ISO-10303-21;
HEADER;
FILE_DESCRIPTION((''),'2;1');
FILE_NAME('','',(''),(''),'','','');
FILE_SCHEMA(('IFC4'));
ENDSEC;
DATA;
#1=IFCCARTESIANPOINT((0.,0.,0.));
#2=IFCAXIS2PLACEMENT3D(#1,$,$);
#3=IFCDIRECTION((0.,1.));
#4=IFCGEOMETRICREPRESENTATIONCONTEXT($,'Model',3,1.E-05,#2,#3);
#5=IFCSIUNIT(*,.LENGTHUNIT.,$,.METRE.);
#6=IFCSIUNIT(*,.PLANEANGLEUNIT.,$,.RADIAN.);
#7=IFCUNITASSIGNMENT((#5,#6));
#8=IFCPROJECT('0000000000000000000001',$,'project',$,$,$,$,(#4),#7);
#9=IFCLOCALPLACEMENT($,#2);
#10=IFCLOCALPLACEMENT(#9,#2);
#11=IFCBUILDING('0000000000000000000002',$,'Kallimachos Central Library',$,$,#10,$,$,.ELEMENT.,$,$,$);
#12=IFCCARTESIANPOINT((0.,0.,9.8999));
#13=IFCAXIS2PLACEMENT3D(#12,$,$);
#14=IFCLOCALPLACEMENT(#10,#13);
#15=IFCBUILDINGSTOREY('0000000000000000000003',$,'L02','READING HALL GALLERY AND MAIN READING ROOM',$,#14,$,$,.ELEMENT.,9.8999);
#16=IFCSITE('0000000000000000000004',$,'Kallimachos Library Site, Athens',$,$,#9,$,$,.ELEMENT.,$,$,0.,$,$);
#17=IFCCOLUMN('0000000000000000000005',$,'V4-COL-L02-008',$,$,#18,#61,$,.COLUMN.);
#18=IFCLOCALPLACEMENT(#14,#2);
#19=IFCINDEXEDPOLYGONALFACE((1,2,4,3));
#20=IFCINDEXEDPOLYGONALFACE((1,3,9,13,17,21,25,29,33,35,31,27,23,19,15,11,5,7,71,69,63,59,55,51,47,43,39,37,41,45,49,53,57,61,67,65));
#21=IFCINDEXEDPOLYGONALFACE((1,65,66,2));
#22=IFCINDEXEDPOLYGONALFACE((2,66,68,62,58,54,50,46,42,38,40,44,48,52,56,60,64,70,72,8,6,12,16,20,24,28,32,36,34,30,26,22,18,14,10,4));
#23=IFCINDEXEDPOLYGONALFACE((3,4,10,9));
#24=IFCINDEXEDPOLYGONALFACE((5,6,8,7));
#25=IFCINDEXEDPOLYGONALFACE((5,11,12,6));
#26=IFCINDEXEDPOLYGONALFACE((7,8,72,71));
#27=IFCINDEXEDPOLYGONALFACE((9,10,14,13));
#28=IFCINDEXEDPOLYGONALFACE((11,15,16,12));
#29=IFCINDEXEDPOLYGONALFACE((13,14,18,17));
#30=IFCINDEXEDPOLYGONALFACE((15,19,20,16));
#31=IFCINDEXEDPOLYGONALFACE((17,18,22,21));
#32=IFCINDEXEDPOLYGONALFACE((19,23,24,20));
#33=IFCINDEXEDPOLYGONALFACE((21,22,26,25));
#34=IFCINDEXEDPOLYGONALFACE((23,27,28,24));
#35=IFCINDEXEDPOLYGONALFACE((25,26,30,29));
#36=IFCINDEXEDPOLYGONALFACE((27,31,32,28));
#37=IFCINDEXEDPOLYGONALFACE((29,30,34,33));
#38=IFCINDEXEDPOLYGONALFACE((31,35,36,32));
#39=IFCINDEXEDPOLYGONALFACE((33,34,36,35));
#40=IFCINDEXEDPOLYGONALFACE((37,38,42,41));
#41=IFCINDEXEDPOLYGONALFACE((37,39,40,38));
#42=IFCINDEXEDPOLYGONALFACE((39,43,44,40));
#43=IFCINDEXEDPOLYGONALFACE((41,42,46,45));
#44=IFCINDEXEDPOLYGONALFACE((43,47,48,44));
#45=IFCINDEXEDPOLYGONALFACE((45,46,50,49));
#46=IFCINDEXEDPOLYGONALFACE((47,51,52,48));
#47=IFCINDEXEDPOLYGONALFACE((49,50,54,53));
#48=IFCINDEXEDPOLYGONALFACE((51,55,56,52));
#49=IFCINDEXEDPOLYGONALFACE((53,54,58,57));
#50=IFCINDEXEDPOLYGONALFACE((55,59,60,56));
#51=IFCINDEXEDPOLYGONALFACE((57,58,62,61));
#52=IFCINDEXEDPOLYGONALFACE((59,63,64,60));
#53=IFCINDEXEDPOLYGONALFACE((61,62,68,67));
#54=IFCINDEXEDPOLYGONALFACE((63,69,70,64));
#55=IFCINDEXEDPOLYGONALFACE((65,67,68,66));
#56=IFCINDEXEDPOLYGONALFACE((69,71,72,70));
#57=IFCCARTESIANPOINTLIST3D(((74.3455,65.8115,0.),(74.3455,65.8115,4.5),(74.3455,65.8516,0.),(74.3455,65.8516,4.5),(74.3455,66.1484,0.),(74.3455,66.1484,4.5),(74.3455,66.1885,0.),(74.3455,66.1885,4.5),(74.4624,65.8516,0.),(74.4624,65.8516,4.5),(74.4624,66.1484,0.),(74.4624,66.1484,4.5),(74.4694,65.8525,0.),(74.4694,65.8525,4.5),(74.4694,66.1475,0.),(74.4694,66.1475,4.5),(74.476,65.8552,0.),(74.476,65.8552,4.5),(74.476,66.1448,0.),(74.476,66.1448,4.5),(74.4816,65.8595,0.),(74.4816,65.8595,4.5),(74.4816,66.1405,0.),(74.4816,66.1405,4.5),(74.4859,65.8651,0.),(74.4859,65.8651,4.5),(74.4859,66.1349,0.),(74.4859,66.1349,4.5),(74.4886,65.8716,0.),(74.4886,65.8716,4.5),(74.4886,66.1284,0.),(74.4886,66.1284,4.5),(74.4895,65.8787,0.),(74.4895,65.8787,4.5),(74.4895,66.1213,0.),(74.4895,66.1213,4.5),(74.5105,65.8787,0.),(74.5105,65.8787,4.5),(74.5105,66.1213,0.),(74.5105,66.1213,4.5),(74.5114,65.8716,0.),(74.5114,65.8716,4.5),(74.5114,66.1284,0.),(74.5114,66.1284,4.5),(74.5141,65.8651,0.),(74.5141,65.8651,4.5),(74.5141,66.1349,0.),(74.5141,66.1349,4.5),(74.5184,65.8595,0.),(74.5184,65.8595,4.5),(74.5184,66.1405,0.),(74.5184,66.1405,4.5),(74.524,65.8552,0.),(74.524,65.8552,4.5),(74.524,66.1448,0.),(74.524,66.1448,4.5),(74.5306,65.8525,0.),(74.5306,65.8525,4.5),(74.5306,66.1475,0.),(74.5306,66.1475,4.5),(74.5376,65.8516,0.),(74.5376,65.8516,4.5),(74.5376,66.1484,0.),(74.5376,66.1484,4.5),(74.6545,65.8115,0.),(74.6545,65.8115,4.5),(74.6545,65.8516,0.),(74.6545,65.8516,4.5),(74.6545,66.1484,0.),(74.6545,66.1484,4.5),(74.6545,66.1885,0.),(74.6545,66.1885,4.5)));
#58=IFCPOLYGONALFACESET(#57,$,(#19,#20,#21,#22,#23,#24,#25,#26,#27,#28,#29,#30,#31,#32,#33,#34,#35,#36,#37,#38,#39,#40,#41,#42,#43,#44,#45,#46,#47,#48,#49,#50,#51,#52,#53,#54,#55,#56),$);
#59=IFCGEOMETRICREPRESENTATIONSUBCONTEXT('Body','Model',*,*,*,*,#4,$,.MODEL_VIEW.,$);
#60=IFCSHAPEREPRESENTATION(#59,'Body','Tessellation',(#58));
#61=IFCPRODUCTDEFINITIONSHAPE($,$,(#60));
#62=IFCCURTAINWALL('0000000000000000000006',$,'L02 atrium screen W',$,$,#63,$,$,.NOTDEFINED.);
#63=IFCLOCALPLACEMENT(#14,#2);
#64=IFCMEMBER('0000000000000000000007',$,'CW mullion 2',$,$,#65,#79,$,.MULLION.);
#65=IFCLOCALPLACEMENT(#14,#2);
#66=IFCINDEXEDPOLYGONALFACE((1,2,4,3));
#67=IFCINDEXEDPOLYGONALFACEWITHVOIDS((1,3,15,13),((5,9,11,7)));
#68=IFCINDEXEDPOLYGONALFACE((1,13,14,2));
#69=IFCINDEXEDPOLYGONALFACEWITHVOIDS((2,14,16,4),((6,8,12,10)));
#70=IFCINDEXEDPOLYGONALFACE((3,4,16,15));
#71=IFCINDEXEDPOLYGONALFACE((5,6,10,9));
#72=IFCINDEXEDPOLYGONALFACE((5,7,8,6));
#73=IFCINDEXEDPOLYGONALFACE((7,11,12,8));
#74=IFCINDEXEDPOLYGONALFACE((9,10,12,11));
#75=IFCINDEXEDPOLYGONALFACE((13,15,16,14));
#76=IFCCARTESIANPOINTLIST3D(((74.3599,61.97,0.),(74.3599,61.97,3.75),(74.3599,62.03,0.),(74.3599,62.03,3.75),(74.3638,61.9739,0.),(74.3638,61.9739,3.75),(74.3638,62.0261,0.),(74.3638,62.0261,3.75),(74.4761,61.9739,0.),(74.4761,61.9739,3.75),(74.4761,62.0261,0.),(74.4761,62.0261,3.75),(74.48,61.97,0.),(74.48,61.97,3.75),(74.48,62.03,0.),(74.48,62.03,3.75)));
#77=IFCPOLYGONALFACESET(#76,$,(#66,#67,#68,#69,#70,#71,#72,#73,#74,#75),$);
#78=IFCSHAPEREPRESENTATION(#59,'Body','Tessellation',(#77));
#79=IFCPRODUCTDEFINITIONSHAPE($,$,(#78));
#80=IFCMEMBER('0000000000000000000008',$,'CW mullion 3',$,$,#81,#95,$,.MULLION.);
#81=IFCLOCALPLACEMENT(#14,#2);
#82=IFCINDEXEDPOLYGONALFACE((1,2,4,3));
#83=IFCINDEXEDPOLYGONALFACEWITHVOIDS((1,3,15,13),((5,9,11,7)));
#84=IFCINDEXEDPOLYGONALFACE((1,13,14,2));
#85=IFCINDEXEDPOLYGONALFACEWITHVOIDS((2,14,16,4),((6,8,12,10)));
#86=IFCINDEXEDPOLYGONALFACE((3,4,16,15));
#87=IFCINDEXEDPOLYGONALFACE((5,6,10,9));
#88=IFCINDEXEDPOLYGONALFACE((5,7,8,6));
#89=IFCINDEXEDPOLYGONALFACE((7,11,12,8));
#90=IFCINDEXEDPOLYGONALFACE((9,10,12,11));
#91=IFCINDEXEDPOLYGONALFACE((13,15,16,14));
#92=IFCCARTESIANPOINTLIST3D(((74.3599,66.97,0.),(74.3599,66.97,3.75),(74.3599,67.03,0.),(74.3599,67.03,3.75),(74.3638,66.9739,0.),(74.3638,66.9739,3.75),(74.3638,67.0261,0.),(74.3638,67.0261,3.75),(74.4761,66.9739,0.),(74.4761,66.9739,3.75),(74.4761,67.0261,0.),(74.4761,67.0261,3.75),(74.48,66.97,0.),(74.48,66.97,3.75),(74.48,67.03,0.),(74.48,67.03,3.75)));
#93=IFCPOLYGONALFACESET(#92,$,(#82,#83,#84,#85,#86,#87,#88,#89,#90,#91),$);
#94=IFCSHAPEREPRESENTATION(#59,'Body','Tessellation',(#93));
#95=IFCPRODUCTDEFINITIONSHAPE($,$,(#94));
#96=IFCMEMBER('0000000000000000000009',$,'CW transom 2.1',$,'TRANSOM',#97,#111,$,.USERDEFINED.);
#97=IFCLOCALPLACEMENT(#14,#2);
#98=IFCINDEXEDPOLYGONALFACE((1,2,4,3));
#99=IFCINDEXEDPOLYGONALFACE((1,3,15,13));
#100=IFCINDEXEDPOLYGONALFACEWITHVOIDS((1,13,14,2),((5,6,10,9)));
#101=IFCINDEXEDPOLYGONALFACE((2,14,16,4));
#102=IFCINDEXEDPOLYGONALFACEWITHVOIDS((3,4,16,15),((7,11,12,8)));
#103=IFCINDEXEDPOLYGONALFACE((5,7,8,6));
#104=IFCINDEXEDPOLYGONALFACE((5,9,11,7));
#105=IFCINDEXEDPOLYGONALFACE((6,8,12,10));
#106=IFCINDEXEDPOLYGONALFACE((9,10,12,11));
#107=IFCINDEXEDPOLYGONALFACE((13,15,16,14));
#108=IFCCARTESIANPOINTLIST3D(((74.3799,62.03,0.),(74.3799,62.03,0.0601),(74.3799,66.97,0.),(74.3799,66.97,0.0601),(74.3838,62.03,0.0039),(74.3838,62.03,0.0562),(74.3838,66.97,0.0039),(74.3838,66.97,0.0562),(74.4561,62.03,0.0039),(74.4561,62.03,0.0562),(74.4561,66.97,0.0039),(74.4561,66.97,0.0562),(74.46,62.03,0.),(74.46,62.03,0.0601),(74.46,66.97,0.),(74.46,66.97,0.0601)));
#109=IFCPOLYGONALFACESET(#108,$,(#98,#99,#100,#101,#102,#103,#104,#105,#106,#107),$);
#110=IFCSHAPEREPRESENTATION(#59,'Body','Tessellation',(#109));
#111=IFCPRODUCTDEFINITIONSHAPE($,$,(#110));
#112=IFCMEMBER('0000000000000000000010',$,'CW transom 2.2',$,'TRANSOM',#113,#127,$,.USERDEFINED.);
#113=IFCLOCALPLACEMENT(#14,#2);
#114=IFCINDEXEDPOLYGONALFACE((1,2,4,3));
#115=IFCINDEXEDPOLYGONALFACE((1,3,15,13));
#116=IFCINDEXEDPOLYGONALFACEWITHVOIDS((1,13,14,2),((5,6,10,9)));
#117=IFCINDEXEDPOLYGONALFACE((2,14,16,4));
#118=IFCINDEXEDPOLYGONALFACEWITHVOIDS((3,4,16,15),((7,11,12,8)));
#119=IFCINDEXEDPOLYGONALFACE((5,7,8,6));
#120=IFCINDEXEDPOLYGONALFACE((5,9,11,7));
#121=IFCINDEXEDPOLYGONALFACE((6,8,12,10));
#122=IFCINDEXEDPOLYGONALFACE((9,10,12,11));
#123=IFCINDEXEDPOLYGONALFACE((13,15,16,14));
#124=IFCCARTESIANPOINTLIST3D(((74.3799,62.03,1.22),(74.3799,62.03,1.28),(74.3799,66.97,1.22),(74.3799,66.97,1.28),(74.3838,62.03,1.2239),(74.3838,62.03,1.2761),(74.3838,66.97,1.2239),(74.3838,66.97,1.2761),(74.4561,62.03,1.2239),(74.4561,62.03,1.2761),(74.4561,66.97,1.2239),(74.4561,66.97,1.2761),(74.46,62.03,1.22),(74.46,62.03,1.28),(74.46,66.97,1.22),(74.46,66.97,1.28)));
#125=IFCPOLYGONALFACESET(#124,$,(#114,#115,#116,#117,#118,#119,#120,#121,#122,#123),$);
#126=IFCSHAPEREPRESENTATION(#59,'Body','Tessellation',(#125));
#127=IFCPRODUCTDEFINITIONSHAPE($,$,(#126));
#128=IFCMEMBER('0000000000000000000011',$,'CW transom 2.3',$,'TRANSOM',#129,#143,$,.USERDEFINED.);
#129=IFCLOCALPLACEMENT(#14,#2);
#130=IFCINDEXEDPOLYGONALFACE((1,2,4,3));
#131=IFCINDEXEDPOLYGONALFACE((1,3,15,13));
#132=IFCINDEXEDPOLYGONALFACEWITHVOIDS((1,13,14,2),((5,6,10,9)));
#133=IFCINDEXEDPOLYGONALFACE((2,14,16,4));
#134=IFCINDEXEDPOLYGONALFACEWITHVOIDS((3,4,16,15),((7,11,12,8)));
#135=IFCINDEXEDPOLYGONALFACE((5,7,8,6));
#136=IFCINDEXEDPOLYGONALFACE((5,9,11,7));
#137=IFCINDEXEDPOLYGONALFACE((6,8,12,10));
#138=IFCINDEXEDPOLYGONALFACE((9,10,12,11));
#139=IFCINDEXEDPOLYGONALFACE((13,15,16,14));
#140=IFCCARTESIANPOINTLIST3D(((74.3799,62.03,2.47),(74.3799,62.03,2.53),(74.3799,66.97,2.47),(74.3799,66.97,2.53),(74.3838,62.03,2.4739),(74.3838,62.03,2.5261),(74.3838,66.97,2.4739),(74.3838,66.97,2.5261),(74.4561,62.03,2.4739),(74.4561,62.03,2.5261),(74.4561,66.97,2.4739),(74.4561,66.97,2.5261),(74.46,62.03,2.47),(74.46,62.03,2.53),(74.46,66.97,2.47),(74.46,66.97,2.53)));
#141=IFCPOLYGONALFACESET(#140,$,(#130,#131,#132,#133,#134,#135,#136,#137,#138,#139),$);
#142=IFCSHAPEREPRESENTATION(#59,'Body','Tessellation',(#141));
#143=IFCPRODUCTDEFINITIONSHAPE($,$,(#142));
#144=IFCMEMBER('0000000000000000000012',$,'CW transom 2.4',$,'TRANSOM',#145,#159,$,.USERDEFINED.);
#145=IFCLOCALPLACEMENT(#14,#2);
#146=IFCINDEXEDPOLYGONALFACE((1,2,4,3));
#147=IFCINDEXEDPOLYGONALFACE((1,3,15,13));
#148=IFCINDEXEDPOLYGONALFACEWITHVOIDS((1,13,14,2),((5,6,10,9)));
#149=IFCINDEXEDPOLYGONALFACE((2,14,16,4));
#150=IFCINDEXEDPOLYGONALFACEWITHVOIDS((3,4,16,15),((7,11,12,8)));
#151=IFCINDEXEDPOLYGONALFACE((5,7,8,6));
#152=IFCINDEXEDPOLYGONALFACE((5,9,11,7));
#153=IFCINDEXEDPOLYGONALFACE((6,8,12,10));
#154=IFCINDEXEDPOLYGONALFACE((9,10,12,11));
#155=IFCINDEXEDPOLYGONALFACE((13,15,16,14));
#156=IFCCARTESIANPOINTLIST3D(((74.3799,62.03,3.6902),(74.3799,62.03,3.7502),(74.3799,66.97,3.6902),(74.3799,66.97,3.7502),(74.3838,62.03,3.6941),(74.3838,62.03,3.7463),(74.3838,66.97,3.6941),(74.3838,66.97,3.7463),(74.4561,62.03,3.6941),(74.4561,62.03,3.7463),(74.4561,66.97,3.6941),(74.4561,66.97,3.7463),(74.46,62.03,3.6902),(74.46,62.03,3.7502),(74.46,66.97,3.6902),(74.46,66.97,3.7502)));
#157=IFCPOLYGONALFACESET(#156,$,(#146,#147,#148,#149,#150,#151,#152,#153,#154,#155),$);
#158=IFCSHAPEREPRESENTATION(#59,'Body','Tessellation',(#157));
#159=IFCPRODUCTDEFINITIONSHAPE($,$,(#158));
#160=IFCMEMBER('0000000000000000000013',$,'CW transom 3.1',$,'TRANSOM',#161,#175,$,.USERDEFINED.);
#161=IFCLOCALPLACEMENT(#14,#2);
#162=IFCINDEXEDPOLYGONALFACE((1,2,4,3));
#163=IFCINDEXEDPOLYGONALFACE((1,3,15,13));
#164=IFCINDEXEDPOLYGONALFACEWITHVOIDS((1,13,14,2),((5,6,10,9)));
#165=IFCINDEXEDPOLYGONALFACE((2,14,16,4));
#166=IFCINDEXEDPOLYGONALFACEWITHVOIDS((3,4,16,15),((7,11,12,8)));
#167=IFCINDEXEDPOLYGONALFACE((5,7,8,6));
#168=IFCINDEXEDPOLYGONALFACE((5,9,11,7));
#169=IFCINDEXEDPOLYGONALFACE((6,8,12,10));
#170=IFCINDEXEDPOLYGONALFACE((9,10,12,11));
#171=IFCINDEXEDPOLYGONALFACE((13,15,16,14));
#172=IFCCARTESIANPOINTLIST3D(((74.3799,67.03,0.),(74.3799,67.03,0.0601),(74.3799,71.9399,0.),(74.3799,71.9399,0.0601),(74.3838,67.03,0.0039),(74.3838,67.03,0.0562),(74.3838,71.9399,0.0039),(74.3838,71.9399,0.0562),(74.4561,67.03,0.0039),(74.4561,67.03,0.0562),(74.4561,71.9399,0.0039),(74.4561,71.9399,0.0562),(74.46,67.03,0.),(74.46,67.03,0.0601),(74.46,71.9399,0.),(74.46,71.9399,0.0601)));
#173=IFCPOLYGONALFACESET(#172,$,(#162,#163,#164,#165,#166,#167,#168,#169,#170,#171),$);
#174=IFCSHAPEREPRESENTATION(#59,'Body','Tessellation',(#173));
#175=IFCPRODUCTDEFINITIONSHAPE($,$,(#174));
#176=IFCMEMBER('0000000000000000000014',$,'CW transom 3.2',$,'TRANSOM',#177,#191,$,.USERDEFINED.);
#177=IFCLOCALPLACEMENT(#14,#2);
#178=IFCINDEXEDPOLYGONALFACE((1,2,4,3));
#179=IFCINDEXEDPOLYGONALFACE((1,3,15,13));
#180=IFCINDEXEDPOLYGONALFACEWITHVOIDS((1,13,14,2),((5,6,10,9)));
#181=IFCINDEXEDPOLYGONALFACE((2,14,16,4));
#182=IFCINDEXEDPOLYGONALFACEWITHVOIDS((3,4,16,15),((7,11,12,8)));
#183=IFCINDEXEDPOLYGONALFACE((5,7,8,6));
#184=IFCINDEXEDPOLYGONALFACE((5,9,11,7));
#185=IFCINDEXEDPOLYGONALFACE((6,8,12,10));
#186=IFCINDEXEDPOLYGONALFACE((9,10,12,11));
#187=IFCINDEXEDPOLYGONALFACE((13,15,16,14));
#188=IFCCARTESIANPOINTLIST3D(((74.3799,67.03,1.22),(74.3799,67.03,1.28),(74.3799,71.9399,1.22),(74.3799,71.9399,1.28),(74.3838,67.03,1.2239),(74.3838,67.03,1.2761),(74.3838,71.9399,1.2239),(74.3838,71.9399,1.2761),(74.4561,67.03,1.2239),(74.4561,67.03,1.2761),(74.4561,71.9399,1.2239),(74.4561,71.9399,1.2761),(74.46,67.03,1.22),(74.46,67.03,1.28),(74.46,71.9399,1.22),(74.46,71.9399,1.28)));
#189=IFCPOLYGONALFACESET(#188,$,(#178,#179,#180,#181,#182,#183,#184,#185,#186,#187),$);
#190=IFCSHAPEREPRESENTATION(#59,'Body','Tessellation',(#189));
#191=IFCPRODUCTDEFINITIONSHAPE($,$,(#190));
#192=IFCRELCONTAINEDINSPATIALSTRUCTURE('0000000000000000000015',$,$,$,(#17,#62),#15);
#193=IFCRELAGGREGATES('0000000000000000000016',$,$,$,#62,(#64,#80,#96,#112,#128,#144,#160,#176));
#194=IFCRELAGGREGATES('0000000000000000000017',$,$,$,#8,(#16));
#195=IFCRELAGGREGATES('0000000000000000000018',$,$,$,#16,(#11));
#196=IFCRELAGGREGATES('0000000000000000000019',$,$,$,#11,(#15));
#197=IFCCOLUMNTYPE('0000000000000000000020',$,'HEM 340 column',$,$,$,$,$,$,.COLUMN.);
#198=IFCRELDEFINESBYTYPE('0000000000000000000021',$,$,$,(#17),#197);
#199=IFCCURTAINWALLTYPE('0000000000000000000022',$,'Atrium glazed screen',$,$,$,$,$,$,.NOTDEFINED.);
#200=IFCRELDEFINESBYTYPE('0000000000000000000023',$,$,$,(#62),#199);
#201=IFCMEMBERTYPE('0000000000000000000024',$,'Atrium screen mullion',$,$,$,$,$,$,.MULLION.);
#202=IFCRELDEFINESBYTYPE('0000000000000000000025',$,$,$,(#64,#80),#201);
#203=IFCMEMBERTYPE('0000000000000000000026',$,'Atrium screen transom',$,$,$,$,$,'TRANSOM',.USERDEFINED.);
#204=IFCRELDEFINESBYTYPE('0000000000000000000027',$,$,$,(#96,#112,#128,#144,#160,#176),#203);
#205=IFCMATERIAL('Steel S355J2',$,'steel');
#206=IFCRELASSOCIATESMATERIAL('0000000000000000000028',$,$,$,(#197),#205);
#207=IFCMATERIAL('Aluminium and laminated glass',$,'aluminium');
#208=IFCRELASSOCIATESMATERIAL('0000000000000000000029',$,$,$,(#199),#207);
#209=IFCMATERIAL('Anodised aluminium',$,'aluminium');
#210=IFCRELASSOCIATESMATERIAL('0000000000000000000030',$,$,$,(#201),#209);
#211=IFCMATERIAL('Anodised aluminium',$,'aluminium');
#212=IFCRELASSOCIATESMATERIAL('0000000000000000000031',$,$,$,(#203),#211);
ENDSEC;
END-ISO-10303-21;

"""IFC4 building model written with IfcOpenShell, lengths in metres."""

from ifc_helpers import new_model, si_unit, direction, frame, origin, origin_2d, place, context, subcontext, project, spatial, hollow_rectangle, i_section, extrude, material, material_profile, profile_set, type_object, element, aggregate, save


model = new_model("IFC4")

# Units and contexts
model_context = context("Model", 3, precision=1e-05, world=origin(), true_north=direction((0.0, 1.0)))
body_context = subcontext(model_context, "Body", "Model", "MODEL_VIEW")
ifc_project = project(units=[si_unit("LENGTHUNIT", "METRE"), si_unit("PLANEANGLEUNIT", "RADIAN")], contexts=[model_context])

# Site, building, storey
site_placement = place(None, origin())
site = spatial("IfcSite", under=ifc_project, at=site_placement, Name="Kallimachos Library Site, Athens", CompositionType="ELEMENT", RefElevation=0.0)
building_placement = place(site_placement, origin())
building = spatial("IfcBuilding", under=site, at=building_placement, Name="Kallimachos Central Library", CompositionType="ELEMENT")
storey_placement = place(building_placement, frame((0.0, 0.0, 9.8999)))
storey = spatial("IfcBuildingStorey", under=building, at=storey_placement, Name="L02", Description="READING HALL GALLERY AND MAIN READING ROOM", CompositionType="ELEMENT", Elevation=9.8999)

# Column
ifc_material_1 = material(Name="Steel S355J2", Category="steel")
ifc_material_profile_1 = material_profile(ifc_material_1, i_section(OverallWidth=0.3091, OverallDepth=0.377, WebThickness=0.021, FlangeThickness=0.04, FilletRadius=0.0271, at=origin_2d()), Name="HEM 340")
ifc_profile_set_1 = profile_set([ifc_material_profile_1], Name="Steel S355J2")
column_type = type_object("IfcColumnType", Name="HEM 340 column", PredefinedType="COLUMN", material=ifc_profile_set_1)
column_placement = place(storey_placement, frame((74.5, 66.0, 0.0), z_axis=(0.0, 0.0, 1.0), x_axis=(1.0, 0.0, 0.0)))
element("IfcColumn", 1, at=column_placement, inside=storey, type_object=column_type, Name="V4-COL-L02-008", PredefinedType="COLUMN", context=body_context, shape_type="SweptSolid", body=[
    extrude(i_section(OverallWidth=0.3091, OverallDepth=0.377, WebThickness=0.021, FlangeThickness=0.04, FilletRadius=0.0271, at=origin_2d()), origin(), (0.0, 0.0, 1.0), 4.5),
])

# Curtain wall, members
ifc_material_2 = material(Name="Aluminium and laminated glass", Category="aluminium")
curtain_wall_type = type_object("IfcCurtainWallType", Name="Atrium glazed screen", PredefinedType="NOTDEFINED", material=ifc_material_2)
curtain_wall_placement = place(storey_placement, origin())
curtain_wall = element("IfcCurtainWall", 2, at=curtain_wall_placement, inside=storey, type_object=curtain_wall_type, Name="L02 atrium screen W", PredefinedType="NOTDEFINED")
ifc_material_3 = material(Name="Anodised aluminium", Category="aluminium")
ifc_material_profile_2 = material_profile(ifc_material_3, hollow_rectangle(XDim=0.0601, YDim=0.1201, WallThickness=0.0039, at=origin_2d()), Name="ALU MULLION 60x120")
ifc_profile_set_2 = profile_set([ifc_material_profile_2], Name="Anodised aluminium")
member_type_1 = type_object("IfcMemberType", Name="Atrium screen mullion", PredefinedType="MULLION", material=ifc_profile_set_2)
member_1_placement = place(storey_placement, frame((74.4199, 62.0, 0.0), z_axis=(0.0, 0.0, 1.0), x_axis=(0.0, 1.0, 0.0)))
member_1 = element("IfcMember", 3, at=member_1_placement, type_object=member_type_1, Name="CW mullion 2", PredefinedType="MULLION", context=body_context, shape_type="SweptSolid", body=[
    extrude(hollow_rectangle(XDim=0.0601, YDim=0.1201, WallThickness=0.0039, at=origin_2d()), origin(), (0.0, 0.0, 1.0), 3.75),
])
member_2_placement = place(storey_placement, frame((74.4199, 67.0, 0.0), z_axis=(0.0, 0.0, 1.0), x_axis=(0.0, 1.0, 0.0)))
member_2 = element("IfcMember", 4, at=member_2_placement, type_object=member_type_1, Name="CW mullion 3", PredefinedType="MULLION", context=body_context, shape_type="SweptSolid", body=[
    extrude(hollow_rectangle(XDim=0.0601, YDim=0.1201, WallThickness=0.0039, at=origin_2d()), origin(), (0.0, 0.0, 1.0), 3.75),
])
ifc_material_4 = material(Name="Anodised aluminium", Category="aluminium")
ifc_material_profile_3 = material_profile(ifc_material_4, hollow_rectangle(XDim=0.0601, YDim=0.0801, WallThickness=0.0039, at=origin_2d()), Name="ALU TRANSOM 60x80")
ifc_profile_set_3 = profile_set([ifc_material_profile_3], Name="Anodised aluminium")
member_type_2 = type_object("IfcMemberType", Name="Atrium screen transom", ElementType="TRANSOM", PredefinedType="USERDEFINED", material=ifc_profile_set_3)
member_3_placement = place(storey_placement, frame((74.4199, 62.03, 0.03), z_axis=(0.0, 1.0, 0.0), x_axis=(0.0, 0.0, 1.0)))
member_3 = element("IfcMember", 5, at=member_3_placement, type_object=member_type_2, Name="CW transom 2.1", ObjectType="TRANSOM", PredefinedType="USERDEFINED", context=body_context, shape_type="SweptSolid", body=[
    extrude(hollow_rectangle(XDim=0.0601, YDim=0.0801, WallThickness=0.0039, at=origin_2d()), origin(), (0.0, 0.0, 1.0), 4.9399),
])
member_4_placement = place(storey_placement, frame((74.4199, 62.03, 1.25), z_axis=(0.0, 1.0, 0.0), x_axis=(0.0, 0.0, 1.0)))
member_4 = element("IfcMember", 6, at=member_4_placement, type_object=member_type_2, Name="CW transom 2.2", ObjectType="TRANSOM", PredefinedType="USERDEFINED", context=body_context, shape_type="SweptSolid", body=[
    extrude(hollow_rectangle(XDim=0.0601, YDim=0.0801, WallThickness=0.0039, at=origin_2d()), origin(), (0.0, 0.0, 1.0), 4.9399),
])
member_5_placement = place(storey_placement, frame((74.4199, 62.03, 2.5), z_axis=(0.0, 1.0, 0.0), x_axis=(0.0, 0.0, 1.0)))
member_5 = element("IfcMember", 7, at=member_5_placement, type_object=member_type_2, Name="CW transom 2.3", ObjectType="TRANSOM", PredefinedType="USERDEFINED", context=body_context, shape_type="SweptSolid", body=[
    extrude(hollow_rectangle(XDim=0.0601, YDim=0.0801, WallThickness=0.0039, at=origin_2d()), origin(), (0.0, 0.0, 1.0), 4.9399),
])
member_6_placement = place(storey_placement, frame((74.4199, 62.03, 3.7202), z_axis=(0.0, 1.0, 0.0), x_axis=(0.0, 0.0, 1.0)))
member_6 = element("IfcMember", 8, at=member_6_placement, type_object=member_type_2, Name="CW transom 2.4", ObjectType="TRANSOM", PredefinedType="USERDEFINED", context=body_context, shape_type="SweptSolid", body=[
    extrude(hollow_rectangle(XDim=0.0601, YDim=0.0801, WallThickness=0.0039, at=origin_2d()), origin(), (0.0, 0.0, 1.0), 4.9399),
])
member_7_placement = place(storey_placement, frame((74.4199, 67.03, 0.03), z_axis=(0.0, 1.0, 0.0), x_axis=(0.0, 0.0, 1.0)))
member_7 = element("IfcMember", 9, at=member_7_placement, type_object=member_type_2, Name="CW transom 3.1", ObjectType="TRANSOM", PredefinedType="USERDEFINED", context=body_context, shape_type="SweptSolid", body=[
    extrude(hollow_rectangle(XDim=0.0601, YDim=0.0801, WallThickness=0.0039, at=origin_2d()), origin(), (0.0, 0.0, 1.0), 4.9099),
])
member_8_placement = place(storey_placement, frame((74.4199, 67.03, 1.25), z_axis=(0.0, 1.0, 0.0), x_axis=(0.0, 0.0, 1.0)))
member_8 = element("IfcMember", 10, at=member_8_placement, type_object=member_type_2, Name="CW transom 3.2", ObjectType="TRANSOM", PredefinedType="USERDEFINED", context=body_context, shape_type="SweptSolid", body=[
    extrude(hollow_rectangle(XDim=0.0601, YDim=0.0801, WallThickness=0.0039, at=origin_2d()), origin(), (0.0, 0.0, 1.0), 4.9099),
])

aggregate(curtain_wall, [member_1, member_2, member_3, member_4, member_5, member_6, member_7, member_8])

save(model, "model.ifc")
